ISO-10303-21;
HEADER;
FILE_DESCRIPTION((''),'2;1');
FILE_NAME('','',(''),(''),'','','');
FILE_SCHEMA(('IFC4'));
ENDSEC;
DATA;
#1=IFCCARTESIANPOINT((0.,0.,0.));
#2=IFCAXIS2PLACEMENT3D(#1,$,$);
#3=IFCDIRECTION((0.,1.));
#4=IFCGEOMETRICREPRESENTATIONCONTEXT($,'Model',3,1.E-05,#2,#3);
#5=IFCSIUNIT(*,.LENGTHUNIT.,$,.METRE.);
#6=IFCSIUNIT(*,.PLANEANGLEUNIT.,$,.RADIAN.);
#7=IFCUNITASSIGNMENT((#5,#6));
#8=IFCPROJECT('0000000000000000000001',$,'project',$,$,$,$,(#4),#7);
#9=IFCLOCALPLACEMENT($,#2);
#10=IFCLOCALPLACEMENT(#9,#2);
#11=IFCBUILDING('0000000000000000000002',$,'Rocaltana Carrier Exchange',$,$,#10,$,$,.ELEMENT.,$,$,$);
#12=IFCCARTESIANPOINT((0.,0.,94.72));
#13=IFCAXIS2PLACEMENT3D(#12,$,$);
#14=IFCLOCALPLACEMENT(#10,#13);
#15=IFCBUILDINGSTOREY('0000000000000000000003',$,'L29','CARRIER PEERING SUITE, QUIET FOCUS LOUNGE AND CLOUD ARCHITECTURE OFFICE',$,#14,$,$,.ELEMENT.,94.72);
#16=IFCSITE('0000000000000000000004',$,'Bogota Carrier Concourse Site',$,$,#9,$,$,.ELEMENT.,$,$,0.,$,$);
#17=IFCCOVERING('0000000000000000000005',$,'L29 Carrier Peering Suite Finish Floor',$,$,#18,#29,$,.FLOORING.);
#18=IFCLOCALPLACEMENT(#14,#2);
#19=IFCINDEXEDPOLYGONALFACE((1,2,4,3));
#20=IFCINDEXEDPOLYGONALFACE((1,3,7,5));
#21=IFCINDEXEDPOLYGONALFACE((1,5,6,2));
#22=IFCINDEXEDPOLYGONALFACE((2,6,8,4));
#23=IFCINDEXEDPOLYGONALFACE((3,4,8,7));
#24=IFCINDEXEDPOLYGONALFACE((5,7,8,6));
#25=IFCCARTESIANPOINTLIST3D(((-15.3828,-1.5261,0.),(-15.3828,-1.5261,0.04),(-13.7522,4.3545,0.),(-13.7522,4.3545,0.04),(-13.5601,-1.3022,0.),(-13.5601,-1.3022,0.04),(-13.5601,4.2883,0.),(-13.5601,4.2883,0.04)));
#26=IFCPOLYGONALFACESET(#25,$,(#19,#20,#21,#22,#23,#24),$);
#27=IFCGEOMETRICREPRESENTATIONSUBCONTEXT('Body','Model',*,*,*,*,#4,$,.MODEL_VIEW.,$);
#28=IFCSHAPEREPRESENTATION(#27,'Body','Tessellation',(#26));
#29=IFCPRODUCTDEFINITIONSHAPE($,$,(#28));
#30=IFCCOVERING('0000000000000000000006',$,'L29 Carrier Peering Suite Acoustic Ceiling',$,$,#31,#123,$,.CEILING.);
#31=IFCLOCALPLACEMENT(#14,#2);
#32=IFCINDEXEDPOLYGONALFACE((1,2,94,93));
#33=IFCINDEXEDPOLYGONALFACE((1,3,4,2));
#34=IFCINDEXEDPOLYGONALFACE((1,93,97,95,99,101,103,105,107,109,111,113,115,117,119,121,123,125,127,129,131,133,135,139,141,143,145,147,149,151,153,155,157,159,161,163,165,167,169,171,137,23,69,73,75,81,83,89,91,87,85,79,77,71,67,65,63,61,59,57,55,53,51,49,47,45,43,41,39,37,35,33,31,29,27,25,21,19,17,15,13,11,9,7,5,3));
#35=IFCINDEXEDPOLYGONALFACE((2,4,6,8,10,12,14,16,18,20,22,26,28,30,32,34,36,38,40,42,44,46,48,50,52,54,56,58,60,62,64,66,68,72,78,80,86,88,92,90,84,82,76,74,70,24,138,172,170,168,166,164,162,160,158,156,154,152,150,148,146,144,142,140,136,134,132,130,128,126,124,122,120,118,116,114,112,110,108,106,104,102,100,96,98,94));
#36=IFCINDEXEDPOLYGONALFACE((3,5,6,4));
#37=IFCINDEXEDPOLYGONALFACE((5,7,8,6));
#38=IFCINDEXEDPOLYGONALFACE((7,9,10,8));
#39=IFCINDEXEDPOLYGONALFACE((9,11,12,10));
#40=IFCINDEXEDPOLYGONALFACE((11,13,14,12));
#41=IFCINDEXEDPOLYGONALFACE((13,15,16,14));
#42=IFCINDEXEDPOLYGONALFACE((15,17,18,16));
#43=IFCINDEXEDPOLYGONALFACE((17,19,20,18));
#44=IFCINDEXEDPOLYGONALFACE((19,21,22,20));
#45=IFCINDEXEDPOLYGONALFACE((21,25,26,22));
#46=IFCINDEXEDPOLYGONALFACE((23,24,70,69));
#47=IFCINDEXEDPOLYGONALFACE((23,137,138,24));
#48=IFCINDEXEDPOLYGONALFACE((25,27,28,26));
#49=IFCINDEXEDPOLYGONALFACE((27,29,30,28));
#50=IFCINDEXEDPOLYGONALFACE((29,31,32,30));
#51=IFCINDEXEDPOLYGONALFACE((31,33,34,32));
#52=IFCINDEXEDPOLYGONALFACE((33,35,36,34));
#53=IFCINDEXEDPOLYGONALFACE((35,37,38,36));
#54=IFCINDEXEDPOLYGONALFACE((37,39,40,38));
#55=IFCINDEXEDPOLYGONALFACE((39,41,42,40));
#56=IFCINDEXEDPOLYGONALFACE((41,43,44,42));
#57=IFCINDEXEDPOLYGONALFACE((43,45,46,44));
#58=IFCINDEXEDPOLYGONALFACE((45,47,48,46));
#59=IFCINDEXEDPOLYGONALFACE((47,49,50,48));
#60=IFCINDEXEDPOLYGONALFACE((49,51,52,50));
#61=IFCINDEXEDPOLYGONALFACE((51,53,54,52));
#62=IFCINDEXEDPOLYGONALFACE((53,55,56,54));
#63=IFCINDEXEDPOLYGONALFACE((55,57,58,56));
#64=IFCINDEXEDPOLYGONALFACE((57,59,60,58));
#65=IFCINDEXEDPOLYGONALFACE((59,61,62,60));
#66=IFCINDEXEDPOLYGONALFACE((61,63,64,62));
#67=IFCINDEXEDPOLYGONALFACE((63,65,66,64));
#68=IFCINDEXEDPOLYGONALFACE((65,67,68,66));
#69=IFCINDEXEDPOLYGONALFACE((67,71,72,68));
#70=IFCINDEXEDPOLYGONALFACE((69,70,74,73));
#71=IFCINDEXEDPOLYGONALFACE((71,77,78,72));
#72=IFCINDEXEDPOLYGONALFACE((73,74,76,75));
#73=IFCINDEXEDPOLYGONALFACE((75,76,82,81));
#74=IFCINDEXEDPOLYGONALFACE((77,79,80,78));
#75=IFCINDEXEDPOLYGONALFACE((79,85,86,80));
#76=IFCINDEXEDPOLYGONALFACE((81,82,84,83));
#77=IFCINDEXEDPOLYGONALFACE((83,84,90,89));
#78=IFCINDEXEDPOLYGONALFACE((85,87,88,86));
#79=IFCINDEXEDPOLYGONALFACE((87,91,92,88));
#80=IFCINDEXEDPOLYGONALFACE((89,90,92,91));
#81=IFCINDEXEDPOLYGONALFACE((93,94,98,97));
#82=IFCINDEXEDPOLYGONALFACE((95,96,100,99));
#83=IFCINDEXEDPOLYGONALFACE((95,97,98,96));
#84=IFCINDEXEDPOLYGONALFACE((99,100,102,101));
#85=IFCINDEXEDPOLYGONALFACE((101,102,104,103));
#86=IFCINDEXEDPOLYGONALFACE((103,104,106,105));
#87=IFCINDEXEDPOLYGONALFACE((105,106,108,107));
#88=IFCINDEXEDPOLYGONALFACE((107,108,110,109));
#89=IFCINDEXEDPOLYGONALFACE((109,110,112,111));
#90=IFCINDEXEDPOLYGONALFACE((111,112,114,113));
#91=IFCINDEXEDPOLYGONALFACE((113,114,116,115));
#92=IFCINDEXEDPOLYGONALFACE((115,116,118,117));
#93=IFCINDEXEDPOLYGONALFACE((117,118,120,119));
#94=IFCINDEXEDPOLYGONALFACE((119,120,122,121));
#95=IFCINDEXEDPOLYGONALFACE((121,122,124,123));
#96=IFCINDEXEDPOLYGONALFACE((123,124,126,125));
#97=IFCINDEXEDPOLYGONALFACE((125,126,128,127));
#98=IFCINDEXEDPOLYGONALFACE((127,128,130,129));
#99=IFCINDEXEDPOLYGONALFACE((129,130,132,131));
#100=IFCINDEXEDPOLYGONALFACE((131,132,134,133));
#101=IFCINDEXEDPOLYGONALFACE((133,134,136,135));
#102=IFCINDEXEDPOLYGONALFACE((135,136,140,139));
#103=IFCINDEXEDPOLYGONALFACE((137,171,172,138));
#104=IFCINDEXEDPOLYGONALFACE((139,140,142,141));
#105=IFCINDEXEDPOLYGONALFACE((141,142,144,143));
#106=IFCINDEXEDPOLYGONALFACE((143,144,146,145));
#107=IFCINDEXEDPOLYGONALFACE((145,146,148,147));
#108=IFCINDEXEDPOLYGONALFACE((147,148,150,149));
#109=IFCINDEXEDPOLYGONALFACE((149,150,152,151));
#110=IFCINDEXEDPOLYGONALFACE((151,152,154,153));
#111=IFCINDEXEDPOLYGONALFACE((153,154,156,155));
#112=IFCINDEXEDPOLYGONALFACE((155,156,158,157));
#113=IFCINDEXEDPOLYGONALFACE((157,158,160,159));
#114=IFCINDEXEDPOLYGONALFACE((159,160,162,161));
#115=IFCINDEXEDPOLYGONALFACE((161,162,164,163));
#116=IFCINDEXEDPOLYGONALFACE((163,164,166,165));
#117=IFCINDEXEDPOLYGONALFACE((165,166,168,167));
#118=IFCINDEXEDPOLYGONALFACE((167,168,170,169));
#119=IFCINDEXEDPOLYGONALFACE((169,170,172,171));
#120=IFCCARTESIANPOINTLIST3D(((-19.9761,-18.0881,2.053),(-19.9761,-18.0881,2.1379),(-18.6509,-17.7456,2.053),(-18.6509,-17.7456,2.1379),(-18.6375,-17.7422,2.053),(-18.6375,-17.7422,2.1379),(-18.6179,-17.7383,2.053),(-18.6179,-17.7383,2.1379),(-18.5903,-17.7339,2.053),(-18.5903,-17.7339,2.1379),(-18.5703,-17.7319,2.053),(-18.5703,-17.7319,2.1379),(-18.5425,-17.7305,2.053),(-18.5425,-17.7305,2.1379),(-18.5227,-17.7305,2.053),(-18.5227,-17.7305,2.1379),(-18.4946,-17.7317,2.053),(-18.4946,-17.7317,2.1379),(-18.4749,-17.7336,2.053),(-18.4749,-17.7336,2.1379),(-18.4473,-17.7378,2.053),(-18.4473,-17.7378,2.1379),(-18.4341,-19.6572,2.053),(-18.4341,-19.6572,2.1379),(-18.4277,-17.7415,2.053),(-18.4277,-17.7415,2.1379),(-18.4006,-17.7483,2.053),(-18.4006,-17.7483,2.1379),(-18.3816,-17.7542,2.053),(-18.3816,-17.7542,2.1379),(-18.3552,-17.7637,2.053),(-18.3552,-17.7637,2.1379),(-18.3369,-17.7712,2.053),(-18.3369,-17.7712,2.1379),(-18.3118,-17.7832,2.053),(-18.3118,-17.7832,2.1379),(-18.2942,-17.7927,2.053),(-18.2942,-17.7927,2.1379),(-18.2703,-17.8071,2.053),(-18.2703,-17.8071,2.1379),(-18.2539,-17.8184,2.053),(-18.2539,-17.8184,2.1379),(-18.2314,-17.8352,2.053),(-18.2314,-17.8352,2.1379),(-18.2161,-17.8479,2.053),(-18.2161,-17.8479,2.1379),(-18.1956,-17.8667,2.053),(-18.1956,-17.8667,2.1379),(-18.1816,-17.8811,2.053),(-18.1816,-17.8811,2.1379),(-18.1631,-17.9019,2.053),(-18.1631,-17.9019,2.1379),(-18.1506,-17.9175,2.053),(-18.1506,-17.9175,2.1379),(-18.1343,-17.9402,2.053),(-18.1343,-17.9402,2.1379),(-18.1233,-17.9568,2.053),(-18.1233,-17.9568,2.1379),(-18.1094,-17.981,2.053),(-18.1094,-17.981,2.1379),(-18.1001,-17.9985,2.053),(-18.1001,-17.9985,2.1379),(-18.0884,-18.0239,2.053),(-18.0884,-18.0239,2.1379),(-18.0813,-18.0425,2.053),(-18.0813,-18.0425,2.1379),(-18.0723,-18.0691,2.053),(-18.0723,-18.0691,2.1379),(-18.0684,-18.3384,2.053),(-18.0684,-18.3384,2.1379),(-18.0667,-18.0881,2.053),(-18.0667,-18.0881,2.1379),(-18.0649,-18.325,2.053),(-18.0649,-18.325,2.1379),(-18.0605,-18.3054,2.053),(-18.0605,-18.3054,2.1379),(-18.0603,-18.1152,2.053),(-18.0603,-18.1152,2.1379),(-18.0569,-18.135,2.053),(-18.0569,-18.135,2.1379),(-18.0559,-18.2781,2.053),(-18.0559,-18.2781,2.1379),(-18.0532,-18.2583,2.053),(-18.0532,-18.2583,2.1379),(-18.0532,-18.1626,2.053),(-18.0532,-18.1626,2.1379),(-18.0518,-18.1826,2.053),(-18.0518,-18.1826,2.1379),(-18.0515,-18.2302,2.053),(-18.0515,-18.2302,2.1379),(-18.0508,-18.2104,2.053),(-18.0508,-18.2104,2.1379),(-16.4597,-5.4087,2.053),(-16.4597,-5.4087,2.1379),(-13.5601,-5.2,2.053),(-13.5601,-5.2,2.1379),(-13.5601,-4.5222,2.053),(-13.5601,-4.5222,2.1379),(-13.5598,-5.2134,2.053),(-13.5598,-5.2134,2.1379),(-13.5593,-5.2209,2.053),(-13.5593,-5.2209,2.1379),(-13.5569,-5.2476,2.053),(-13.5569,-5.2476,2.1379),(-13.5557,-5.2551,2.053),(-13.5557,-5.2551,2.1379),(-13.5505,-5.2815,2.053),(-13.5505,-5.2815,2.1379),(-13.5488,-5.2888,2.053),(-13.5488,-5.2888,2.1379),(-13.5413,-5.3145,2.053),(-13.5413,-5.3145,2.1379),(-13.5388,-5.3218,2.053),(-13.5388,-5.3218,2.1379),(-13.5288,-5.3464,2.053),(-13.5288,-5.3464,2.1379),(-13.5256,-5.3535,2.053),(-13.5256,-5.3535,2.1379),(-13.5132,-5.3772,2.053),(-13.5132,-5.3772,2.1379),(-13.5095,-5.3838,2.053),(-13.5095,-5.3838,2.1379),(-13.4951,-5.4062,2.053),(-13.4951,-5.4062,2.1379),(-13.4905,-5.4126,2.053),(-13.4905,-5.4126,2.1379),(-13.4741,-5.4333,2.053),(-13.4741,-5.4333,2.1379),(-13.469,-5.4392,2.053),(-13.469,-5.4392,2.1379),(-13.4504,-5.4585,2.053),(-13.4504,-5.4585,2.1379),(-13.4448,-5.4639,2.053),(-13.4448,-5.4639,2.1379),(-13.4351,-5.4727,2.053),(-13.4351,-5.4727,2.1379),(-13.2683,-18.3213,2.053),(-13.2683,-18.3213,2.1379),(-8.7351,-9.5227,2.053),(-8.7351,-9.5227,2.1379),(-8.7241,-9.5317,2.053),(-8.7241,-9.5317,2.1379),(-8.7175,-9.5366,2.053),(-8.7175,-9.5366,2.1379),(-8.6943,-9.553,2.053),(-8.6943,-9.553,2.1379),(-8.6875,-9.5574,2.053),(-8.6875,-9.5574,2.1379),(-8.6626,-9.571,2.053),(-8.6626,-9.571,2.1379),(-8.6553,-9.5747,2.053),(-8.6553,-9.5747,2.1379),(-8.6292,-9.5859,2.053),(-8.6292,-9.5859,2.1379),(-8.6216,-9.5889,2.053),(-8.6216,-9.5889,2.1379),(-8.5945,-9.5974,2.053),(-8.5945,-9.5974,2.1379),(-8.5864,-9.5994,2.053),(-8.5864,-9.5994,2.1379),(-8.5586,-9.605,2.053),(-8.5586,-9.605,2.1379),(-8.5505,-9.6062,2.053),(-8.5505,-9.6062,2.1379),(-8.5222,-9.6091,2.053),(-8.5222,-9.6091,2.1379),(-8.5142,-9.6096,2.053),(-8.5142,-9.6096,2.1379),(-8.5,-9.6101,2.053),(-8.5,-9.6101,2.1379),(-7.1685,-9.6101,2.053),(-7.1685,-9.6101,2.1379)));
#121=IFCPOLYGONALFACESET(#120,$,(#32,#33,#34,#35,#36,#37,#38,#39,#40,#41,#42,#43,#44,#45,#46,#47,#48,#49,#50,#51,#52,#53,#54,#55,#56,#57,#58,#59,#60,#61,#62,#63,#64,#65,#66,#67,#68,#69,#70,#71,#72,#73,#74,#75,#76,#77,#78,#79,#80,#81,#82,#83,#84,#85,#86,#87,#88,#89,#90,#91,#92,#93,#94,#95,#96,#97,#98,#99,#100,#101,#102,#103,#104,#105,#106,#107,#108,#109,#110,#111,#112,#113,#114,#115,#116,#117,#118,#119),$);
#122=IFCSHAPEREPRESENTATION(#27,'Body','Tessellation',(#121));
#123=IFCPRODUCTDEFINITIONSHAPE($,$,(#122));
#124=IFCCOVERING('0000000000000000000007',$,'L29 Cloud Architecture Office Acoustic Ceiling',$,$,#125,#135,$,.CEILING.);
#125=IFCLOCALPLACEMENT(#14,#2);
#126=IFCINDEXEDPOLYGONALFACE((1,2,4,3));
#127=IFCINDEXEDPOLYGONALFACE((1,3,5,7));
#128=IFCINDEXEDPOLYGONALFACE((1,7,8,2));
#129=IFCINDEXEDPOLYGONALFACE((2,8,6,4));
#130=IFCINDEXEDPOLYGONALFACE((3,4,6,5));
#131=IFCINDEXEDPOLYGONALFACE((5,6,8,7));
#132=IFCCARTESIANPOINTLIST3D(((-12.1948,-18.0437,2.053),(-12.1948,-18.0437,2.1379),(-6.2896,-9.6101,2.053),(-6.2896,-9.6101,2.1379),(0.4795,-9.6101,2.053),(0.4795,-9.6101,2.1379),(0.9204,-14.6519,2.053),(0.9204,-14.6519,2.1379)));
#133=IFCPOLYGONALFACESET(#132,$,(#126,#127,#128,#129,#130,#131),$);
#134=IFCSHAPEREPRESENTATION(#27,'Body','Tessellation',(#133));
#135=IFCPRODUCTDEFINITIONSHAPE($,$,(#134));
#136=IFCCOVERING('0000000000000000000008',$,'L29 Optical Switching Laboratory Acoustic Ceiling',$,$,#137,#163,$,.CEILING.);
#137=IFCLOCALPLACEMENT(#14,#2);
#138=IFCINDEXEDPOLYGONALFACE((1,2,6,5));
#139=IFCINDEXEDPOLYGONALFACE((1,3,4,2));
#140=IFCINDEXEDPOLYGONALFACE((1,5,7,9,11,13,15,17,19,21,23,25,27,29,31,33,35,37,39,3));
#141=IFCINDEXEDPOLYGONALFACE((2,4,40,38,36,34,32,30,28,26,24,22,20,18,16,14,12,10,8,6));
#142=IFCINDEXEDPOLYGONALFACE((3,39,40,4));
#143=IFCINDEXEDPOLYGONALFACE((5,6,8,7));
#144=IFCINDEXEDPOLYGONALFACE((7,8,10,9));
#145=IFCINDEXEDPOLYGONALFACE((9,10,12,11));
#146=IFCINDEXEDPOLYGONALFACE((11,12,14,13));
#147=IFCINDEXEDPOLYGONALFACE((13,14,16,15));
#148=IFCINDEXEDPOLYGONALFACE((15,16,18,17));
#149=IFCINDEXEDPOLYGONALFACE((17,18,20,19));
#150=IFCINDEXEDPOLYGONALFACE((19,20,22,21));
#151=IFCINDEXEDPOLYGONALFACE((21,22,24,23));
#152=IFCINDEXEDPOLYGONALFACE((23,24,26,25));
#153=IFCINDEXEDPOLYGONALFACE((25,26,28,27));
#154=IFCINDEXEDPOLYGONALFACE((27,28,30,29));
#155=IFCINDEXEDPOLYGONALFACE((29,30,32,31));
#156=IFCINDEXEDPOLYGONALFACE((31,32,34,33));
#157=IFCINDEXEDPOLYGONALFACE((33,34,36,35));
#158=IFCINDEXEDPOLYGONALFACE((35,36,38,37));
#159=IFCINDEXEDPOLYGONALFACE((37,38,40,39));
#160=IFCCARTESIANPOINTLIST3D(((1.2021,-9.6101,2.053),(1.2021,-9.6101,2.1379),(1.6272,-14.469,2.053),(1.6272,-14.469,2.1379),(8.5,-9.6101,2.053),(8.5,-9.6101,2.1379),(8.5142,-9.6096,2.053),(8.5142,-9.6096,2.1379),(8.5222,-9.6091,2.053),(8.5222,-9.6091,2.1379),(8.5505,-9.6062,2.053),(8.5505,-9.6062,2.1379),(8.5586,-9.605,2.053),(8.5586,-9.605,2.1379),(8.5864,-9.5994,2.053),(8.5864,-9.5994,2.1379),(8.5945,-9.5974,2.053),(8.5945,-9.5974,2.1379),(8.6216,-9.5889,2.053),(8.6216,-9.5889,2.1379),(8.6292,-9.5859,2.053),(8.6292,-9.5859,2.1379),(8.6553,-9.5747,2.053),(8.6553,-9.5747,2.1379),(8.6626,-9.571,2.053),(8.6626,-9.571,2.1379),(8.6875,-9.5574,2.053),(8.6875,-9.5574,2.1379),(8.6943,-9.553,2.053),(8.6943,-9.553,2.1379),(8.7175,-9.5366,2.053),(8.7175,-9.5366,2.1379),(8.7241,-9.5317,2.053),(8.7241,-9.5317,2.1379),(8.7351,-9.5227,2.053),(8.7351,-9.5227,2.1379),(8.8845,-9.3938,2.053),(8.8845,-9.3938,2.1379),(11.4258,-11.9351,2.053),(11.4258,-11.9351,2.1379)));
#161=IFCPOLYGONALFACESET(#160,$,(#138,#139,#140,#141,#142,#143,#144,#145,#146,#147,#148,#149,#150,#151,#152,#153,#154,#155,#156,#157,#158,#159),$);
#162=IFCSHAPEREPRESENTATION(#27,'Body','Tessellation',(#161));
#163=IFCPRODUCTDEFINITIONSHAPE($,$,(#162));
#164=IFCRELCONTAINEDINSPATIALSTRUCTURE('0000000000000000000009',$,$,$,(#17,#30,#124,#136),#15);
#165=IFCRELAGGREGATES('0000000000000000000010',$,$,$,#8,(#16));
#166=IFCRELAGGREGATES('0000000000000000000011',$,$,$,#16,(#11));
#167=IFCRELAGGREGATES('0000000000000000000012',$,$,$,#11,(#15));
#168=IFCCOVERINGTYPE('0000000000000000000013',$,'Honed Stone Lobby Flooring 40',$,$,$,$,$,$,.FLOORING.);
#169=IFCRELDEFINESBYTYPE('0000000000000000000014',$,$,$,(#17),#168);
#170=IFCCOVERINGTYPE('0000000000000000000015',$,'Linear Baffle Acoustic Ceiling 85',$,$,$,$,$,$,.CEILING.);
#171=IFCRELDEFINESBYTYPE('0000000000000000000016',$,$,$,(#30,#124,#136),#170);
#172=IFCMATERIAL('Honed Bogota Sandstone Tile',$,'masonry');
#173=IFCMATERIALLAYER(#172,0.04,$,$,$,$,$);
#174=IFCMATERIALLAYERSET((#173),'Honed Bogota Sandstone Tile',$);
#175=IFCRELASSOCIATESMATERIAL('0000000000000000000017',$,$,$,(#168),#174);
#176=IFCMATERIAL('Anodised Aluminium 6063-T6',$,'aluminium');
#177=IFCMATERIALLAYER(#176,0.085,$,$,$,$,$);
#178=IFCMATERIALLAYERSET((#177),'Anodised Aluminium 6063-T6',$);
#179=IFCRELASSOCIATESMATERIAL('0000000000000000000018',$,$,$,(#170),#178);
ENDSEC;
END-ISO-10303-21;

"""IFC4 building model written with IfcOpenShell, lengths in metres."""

from ifc_helpers import new_model, si_unit, direction, frame, origin, place, context, subcontext, project, spatial, polyline, outline, extrude, material, layer, layer_set, type_object, element, save


model = new_model("IFC4")

# Units and contexts
model_context = context("Model", 3, precision=1e-05, world=origin(), true_north=direction((0.0, 1.0)))
body_context = subcontext(model_context, "Body", "Model", "MODEL_VIEW")
ifc_project = project(units=[si_unit("LENGTHUNIT", "METRE"), si_unit("PLANEANGLEUNIT", "RADIAN")], contexts=[model_context])

# Site, building, storey
site_placement = place(None, origin())
site = spatial("IfcSite", under=ifc_project, at=site_placement, Name="Bogota Carrier Concourse Site", CompositionType="ELEMENT", RefElevation=0.0)
building_placement = place(site_placement, origin())
building = spatial("IfcBuilding", under=site, at=building_placement, Name="Rocaltana Carrier Exchange", CompositionType="ELEMENT")
storey_placement = place(building_placement, frame((0.0, 0.0, 94.72)))
storey = spatial("IfcBuildingStorey", under=building, at=storey_placement, Name="L29", Description="CARRIER PEERING SUITE, QUIET FOCUS LOUNGE AND CLOUD ARCHITECTURE OFFICE", CompositionType="ELEMENT", Elevation=94.72)

# Coverings
ifc_material_1 = material(Name="Honed Bogota Sandstone Tile", Category="masonry")
ifc_layer_1 = layer(ifc_material_1, 0.04)
ifc_layer_set_1 = layer_set([ifc_layer_1], Name="Honed Bogota Sandstone Tile")
covering_type_1 = type_object("IfcCoveringType", Name="Honed Stone Lobby Flooring 40", PredefinedType="FLOORING", material=ifc_layer_set_1)
covering_1_placement = place(storey_placement, origin())
element("IfcCovering", 1, at=covering_1_placement, inside=storey, type_object=covering_type_1, Name="L29 Carrier Peering Suite Finish Floor", PredefinedType="FLOORING", context=body_context, shape_type="SweptSolid", body=[
    extrude(outline(polyline([(-13.7522, 4.3545), (-13.5601, 4.2883), (-13.5601, -1.3022), (-15.3828, -1.5261), (-13.7522, 4.3545)])), origin(), (0.0, 0.0, 1.0), 0.04),
])
ifc_material_2 = material(Name="Anodised Aluminium 6063-T6", Category="aluminium")
ifc_layer_2 = layer(ifc_material_2, 0.085)
ifc_layer_set_2 = layer_set([ifc_layer_2], Name="Anodised Aluminium 6063-T6")
covering_type_2 = type_object("IfcCoveringType", Name="Linear Baffle Acoustic Ceiling 85", PredefinedType="CEILING", material=ifc_layer_set_2)
covering_2_placement = place(storey_placement, frame((0.0, 0.0, 2.053)))
element("IfcCovering", 2, at=covering_2_placement, inside=storey, type_object=covering_type_2, Name="L29 Carrier Peering Suite Acoustic Ceiling", PredefinedType="CEILING", context=body_context, shape_type="SweptSolid", body=[
    extrude(outline(polyline([(-18.0684, -18.3384), (-18.0649, -18.325), (-18.0605, -18.3054), (-18.0559, -18.2781), (-18.0532, -18.2583), (-18.0515, -18.2302), (-18.0508, -18.2104), (-18.0518, -18.1826), (-18.0532, -18.1626), (-18.0569, -18.135), (-18.0603, -18.1152), (-18.0667, -18.0881), (-18.0723, -18.0691), (-18.0813, -18.0425), (-18.0884, -18.0239), (-18.1001, -17.9985), (-18.1094, -17.981), (-18.1233, -17.9568), (-18.1343, -17.9402), (-18.1506, -17.9175), (-18.1631, -17.9019), (-18.1816, -17.8811), (-18.1956, -17.8667), (-18.2161, -17.8479), (-18.2314, -17.8352), (-18.2539, -17.8184), (-18.2703, -17.8071), (-18.2942, -17.7927), (-18.3118, -17.7832), (-18.3369, -17.7712), (-18.3552, -17.7637), (-18.3816, -17.7542), (-18.4006, -17.7483), (-18.4277, -17.7415), (-18.4473, -17.7378), (-18.4749, -17.7336), (-18.4946, -17.7317), (-18.5227, -17.7305), (-18.5425, -17.7305), (-18.5703, -17.7319), (-18.5903, -17.7339), (-18.6179, -17.7383), (-18.6375, -17.7422), (-18.6509, -17.7456), (-19.9761, -18.0881), (-16.4597, -5.4087), (-13.5601, -4.5222), (-13.5601, -5.2), (-13.5598, -5.2134), (-13.5593, -5.2209), (-13.5569, -5.2476), (-13.5557, -5.2551), (-13.5505, -5.2815), (-13.5488, -5.2888), (-13.5413, -5.3145), (-13.5388, -5.3218), (-13.5288, -5.3464), (-13.5256, -5.3535), (-13.5132, -5.3772), (-13.5095, -5.3838), (-13.4951, -5.4062), (-13.4905, -5.4126), (-13.4741, -5.4333), (-13.469, -5.4392), (-13.4504, -5.4585), (-13.4448, -5.4639), (-13.4351, -5.4727), (-8.7351, -9.5227), (-8.7241, -9.5317), (-8.7175, -9.5366), (-8.6943, -9.553), (-8.6875, -9.5574), (-8.6626, -9.571), (-8.6553, -9.5747), (-8.6292, -9.5859), (-8.6216, -9.5889), (-8.5945, -9.5974), (-8.5864, -9.5994), (-8.5586, -9.605), (-8.5505, -9.6062), (-8.5222, -9.6091), (-8.5142, -9.6096), (-8.5, -9.6101), (-7.1685, -9.6101), (-13.2683, -18.3213), (-18.4341, -19.6572), (-18.0684, -18.3384)])), origin(), (0.0, 0.0, 1.0), 0.085),
])
covering_3_placement = place(storey_placement, frame((0.0, 0.0, 2.053)))
element("IfcCovering", 3, at=covering_3_placement, inside=storey, type_object=covering_type_2, Name="L29 Cloud Architecture Office Acoustic Ceiling", PredefinedType="CEILING", context=body_context, shape_type="SweptSolid", body=[
    extrude(outline(polyline([(-12.1948, -18.0437), (-6.2896, -9.6101), (0.4795, -9.6101), (0.9204, -14.6519), (-12.1948, -18.0437)])), origin(), (0.0, 0.0, 1.0), 0.085),
])
covering_4_placement = place(storey_placement, frame((0.0, 0.0, 2.053)))
element("IfcCovering", 4, at=covering_4_placement, inside=storey, type_object=covering_type_2, Name="L29 Optical Switching Laboratory Acoustic Ceiling", PredefinedType="CEILING", context=body_context, shape_type="SweptSolid", body=[
    extrude(outline(polyline([(1.6272, -14.469), (1.2021, -9.6101), (8.5, -9.6101), (8.5142, -9.6096), (8.5222, -9.6091), (8.5505, -9.6062), (8.5586, -9.605), (8.5864, -9.5994), (8.5945, -9.5974), (8.6216, -9.5889), (8.6292, -9.5859), (8.6553, -9.5747), (8.6626, -9.571), (8.6875, -9.5574), (8.6943, -9.553), (8.7175, -9.5366), (8.7241, -9.5317), (8.7351, -9.5227), (8.8845, -9.3938), (11.4258, -11.9351), (1.6272, -14.469)])), origin(), (0.0, 0.0, 1.0), 0.085),
])

save(model, "model.ifc")
